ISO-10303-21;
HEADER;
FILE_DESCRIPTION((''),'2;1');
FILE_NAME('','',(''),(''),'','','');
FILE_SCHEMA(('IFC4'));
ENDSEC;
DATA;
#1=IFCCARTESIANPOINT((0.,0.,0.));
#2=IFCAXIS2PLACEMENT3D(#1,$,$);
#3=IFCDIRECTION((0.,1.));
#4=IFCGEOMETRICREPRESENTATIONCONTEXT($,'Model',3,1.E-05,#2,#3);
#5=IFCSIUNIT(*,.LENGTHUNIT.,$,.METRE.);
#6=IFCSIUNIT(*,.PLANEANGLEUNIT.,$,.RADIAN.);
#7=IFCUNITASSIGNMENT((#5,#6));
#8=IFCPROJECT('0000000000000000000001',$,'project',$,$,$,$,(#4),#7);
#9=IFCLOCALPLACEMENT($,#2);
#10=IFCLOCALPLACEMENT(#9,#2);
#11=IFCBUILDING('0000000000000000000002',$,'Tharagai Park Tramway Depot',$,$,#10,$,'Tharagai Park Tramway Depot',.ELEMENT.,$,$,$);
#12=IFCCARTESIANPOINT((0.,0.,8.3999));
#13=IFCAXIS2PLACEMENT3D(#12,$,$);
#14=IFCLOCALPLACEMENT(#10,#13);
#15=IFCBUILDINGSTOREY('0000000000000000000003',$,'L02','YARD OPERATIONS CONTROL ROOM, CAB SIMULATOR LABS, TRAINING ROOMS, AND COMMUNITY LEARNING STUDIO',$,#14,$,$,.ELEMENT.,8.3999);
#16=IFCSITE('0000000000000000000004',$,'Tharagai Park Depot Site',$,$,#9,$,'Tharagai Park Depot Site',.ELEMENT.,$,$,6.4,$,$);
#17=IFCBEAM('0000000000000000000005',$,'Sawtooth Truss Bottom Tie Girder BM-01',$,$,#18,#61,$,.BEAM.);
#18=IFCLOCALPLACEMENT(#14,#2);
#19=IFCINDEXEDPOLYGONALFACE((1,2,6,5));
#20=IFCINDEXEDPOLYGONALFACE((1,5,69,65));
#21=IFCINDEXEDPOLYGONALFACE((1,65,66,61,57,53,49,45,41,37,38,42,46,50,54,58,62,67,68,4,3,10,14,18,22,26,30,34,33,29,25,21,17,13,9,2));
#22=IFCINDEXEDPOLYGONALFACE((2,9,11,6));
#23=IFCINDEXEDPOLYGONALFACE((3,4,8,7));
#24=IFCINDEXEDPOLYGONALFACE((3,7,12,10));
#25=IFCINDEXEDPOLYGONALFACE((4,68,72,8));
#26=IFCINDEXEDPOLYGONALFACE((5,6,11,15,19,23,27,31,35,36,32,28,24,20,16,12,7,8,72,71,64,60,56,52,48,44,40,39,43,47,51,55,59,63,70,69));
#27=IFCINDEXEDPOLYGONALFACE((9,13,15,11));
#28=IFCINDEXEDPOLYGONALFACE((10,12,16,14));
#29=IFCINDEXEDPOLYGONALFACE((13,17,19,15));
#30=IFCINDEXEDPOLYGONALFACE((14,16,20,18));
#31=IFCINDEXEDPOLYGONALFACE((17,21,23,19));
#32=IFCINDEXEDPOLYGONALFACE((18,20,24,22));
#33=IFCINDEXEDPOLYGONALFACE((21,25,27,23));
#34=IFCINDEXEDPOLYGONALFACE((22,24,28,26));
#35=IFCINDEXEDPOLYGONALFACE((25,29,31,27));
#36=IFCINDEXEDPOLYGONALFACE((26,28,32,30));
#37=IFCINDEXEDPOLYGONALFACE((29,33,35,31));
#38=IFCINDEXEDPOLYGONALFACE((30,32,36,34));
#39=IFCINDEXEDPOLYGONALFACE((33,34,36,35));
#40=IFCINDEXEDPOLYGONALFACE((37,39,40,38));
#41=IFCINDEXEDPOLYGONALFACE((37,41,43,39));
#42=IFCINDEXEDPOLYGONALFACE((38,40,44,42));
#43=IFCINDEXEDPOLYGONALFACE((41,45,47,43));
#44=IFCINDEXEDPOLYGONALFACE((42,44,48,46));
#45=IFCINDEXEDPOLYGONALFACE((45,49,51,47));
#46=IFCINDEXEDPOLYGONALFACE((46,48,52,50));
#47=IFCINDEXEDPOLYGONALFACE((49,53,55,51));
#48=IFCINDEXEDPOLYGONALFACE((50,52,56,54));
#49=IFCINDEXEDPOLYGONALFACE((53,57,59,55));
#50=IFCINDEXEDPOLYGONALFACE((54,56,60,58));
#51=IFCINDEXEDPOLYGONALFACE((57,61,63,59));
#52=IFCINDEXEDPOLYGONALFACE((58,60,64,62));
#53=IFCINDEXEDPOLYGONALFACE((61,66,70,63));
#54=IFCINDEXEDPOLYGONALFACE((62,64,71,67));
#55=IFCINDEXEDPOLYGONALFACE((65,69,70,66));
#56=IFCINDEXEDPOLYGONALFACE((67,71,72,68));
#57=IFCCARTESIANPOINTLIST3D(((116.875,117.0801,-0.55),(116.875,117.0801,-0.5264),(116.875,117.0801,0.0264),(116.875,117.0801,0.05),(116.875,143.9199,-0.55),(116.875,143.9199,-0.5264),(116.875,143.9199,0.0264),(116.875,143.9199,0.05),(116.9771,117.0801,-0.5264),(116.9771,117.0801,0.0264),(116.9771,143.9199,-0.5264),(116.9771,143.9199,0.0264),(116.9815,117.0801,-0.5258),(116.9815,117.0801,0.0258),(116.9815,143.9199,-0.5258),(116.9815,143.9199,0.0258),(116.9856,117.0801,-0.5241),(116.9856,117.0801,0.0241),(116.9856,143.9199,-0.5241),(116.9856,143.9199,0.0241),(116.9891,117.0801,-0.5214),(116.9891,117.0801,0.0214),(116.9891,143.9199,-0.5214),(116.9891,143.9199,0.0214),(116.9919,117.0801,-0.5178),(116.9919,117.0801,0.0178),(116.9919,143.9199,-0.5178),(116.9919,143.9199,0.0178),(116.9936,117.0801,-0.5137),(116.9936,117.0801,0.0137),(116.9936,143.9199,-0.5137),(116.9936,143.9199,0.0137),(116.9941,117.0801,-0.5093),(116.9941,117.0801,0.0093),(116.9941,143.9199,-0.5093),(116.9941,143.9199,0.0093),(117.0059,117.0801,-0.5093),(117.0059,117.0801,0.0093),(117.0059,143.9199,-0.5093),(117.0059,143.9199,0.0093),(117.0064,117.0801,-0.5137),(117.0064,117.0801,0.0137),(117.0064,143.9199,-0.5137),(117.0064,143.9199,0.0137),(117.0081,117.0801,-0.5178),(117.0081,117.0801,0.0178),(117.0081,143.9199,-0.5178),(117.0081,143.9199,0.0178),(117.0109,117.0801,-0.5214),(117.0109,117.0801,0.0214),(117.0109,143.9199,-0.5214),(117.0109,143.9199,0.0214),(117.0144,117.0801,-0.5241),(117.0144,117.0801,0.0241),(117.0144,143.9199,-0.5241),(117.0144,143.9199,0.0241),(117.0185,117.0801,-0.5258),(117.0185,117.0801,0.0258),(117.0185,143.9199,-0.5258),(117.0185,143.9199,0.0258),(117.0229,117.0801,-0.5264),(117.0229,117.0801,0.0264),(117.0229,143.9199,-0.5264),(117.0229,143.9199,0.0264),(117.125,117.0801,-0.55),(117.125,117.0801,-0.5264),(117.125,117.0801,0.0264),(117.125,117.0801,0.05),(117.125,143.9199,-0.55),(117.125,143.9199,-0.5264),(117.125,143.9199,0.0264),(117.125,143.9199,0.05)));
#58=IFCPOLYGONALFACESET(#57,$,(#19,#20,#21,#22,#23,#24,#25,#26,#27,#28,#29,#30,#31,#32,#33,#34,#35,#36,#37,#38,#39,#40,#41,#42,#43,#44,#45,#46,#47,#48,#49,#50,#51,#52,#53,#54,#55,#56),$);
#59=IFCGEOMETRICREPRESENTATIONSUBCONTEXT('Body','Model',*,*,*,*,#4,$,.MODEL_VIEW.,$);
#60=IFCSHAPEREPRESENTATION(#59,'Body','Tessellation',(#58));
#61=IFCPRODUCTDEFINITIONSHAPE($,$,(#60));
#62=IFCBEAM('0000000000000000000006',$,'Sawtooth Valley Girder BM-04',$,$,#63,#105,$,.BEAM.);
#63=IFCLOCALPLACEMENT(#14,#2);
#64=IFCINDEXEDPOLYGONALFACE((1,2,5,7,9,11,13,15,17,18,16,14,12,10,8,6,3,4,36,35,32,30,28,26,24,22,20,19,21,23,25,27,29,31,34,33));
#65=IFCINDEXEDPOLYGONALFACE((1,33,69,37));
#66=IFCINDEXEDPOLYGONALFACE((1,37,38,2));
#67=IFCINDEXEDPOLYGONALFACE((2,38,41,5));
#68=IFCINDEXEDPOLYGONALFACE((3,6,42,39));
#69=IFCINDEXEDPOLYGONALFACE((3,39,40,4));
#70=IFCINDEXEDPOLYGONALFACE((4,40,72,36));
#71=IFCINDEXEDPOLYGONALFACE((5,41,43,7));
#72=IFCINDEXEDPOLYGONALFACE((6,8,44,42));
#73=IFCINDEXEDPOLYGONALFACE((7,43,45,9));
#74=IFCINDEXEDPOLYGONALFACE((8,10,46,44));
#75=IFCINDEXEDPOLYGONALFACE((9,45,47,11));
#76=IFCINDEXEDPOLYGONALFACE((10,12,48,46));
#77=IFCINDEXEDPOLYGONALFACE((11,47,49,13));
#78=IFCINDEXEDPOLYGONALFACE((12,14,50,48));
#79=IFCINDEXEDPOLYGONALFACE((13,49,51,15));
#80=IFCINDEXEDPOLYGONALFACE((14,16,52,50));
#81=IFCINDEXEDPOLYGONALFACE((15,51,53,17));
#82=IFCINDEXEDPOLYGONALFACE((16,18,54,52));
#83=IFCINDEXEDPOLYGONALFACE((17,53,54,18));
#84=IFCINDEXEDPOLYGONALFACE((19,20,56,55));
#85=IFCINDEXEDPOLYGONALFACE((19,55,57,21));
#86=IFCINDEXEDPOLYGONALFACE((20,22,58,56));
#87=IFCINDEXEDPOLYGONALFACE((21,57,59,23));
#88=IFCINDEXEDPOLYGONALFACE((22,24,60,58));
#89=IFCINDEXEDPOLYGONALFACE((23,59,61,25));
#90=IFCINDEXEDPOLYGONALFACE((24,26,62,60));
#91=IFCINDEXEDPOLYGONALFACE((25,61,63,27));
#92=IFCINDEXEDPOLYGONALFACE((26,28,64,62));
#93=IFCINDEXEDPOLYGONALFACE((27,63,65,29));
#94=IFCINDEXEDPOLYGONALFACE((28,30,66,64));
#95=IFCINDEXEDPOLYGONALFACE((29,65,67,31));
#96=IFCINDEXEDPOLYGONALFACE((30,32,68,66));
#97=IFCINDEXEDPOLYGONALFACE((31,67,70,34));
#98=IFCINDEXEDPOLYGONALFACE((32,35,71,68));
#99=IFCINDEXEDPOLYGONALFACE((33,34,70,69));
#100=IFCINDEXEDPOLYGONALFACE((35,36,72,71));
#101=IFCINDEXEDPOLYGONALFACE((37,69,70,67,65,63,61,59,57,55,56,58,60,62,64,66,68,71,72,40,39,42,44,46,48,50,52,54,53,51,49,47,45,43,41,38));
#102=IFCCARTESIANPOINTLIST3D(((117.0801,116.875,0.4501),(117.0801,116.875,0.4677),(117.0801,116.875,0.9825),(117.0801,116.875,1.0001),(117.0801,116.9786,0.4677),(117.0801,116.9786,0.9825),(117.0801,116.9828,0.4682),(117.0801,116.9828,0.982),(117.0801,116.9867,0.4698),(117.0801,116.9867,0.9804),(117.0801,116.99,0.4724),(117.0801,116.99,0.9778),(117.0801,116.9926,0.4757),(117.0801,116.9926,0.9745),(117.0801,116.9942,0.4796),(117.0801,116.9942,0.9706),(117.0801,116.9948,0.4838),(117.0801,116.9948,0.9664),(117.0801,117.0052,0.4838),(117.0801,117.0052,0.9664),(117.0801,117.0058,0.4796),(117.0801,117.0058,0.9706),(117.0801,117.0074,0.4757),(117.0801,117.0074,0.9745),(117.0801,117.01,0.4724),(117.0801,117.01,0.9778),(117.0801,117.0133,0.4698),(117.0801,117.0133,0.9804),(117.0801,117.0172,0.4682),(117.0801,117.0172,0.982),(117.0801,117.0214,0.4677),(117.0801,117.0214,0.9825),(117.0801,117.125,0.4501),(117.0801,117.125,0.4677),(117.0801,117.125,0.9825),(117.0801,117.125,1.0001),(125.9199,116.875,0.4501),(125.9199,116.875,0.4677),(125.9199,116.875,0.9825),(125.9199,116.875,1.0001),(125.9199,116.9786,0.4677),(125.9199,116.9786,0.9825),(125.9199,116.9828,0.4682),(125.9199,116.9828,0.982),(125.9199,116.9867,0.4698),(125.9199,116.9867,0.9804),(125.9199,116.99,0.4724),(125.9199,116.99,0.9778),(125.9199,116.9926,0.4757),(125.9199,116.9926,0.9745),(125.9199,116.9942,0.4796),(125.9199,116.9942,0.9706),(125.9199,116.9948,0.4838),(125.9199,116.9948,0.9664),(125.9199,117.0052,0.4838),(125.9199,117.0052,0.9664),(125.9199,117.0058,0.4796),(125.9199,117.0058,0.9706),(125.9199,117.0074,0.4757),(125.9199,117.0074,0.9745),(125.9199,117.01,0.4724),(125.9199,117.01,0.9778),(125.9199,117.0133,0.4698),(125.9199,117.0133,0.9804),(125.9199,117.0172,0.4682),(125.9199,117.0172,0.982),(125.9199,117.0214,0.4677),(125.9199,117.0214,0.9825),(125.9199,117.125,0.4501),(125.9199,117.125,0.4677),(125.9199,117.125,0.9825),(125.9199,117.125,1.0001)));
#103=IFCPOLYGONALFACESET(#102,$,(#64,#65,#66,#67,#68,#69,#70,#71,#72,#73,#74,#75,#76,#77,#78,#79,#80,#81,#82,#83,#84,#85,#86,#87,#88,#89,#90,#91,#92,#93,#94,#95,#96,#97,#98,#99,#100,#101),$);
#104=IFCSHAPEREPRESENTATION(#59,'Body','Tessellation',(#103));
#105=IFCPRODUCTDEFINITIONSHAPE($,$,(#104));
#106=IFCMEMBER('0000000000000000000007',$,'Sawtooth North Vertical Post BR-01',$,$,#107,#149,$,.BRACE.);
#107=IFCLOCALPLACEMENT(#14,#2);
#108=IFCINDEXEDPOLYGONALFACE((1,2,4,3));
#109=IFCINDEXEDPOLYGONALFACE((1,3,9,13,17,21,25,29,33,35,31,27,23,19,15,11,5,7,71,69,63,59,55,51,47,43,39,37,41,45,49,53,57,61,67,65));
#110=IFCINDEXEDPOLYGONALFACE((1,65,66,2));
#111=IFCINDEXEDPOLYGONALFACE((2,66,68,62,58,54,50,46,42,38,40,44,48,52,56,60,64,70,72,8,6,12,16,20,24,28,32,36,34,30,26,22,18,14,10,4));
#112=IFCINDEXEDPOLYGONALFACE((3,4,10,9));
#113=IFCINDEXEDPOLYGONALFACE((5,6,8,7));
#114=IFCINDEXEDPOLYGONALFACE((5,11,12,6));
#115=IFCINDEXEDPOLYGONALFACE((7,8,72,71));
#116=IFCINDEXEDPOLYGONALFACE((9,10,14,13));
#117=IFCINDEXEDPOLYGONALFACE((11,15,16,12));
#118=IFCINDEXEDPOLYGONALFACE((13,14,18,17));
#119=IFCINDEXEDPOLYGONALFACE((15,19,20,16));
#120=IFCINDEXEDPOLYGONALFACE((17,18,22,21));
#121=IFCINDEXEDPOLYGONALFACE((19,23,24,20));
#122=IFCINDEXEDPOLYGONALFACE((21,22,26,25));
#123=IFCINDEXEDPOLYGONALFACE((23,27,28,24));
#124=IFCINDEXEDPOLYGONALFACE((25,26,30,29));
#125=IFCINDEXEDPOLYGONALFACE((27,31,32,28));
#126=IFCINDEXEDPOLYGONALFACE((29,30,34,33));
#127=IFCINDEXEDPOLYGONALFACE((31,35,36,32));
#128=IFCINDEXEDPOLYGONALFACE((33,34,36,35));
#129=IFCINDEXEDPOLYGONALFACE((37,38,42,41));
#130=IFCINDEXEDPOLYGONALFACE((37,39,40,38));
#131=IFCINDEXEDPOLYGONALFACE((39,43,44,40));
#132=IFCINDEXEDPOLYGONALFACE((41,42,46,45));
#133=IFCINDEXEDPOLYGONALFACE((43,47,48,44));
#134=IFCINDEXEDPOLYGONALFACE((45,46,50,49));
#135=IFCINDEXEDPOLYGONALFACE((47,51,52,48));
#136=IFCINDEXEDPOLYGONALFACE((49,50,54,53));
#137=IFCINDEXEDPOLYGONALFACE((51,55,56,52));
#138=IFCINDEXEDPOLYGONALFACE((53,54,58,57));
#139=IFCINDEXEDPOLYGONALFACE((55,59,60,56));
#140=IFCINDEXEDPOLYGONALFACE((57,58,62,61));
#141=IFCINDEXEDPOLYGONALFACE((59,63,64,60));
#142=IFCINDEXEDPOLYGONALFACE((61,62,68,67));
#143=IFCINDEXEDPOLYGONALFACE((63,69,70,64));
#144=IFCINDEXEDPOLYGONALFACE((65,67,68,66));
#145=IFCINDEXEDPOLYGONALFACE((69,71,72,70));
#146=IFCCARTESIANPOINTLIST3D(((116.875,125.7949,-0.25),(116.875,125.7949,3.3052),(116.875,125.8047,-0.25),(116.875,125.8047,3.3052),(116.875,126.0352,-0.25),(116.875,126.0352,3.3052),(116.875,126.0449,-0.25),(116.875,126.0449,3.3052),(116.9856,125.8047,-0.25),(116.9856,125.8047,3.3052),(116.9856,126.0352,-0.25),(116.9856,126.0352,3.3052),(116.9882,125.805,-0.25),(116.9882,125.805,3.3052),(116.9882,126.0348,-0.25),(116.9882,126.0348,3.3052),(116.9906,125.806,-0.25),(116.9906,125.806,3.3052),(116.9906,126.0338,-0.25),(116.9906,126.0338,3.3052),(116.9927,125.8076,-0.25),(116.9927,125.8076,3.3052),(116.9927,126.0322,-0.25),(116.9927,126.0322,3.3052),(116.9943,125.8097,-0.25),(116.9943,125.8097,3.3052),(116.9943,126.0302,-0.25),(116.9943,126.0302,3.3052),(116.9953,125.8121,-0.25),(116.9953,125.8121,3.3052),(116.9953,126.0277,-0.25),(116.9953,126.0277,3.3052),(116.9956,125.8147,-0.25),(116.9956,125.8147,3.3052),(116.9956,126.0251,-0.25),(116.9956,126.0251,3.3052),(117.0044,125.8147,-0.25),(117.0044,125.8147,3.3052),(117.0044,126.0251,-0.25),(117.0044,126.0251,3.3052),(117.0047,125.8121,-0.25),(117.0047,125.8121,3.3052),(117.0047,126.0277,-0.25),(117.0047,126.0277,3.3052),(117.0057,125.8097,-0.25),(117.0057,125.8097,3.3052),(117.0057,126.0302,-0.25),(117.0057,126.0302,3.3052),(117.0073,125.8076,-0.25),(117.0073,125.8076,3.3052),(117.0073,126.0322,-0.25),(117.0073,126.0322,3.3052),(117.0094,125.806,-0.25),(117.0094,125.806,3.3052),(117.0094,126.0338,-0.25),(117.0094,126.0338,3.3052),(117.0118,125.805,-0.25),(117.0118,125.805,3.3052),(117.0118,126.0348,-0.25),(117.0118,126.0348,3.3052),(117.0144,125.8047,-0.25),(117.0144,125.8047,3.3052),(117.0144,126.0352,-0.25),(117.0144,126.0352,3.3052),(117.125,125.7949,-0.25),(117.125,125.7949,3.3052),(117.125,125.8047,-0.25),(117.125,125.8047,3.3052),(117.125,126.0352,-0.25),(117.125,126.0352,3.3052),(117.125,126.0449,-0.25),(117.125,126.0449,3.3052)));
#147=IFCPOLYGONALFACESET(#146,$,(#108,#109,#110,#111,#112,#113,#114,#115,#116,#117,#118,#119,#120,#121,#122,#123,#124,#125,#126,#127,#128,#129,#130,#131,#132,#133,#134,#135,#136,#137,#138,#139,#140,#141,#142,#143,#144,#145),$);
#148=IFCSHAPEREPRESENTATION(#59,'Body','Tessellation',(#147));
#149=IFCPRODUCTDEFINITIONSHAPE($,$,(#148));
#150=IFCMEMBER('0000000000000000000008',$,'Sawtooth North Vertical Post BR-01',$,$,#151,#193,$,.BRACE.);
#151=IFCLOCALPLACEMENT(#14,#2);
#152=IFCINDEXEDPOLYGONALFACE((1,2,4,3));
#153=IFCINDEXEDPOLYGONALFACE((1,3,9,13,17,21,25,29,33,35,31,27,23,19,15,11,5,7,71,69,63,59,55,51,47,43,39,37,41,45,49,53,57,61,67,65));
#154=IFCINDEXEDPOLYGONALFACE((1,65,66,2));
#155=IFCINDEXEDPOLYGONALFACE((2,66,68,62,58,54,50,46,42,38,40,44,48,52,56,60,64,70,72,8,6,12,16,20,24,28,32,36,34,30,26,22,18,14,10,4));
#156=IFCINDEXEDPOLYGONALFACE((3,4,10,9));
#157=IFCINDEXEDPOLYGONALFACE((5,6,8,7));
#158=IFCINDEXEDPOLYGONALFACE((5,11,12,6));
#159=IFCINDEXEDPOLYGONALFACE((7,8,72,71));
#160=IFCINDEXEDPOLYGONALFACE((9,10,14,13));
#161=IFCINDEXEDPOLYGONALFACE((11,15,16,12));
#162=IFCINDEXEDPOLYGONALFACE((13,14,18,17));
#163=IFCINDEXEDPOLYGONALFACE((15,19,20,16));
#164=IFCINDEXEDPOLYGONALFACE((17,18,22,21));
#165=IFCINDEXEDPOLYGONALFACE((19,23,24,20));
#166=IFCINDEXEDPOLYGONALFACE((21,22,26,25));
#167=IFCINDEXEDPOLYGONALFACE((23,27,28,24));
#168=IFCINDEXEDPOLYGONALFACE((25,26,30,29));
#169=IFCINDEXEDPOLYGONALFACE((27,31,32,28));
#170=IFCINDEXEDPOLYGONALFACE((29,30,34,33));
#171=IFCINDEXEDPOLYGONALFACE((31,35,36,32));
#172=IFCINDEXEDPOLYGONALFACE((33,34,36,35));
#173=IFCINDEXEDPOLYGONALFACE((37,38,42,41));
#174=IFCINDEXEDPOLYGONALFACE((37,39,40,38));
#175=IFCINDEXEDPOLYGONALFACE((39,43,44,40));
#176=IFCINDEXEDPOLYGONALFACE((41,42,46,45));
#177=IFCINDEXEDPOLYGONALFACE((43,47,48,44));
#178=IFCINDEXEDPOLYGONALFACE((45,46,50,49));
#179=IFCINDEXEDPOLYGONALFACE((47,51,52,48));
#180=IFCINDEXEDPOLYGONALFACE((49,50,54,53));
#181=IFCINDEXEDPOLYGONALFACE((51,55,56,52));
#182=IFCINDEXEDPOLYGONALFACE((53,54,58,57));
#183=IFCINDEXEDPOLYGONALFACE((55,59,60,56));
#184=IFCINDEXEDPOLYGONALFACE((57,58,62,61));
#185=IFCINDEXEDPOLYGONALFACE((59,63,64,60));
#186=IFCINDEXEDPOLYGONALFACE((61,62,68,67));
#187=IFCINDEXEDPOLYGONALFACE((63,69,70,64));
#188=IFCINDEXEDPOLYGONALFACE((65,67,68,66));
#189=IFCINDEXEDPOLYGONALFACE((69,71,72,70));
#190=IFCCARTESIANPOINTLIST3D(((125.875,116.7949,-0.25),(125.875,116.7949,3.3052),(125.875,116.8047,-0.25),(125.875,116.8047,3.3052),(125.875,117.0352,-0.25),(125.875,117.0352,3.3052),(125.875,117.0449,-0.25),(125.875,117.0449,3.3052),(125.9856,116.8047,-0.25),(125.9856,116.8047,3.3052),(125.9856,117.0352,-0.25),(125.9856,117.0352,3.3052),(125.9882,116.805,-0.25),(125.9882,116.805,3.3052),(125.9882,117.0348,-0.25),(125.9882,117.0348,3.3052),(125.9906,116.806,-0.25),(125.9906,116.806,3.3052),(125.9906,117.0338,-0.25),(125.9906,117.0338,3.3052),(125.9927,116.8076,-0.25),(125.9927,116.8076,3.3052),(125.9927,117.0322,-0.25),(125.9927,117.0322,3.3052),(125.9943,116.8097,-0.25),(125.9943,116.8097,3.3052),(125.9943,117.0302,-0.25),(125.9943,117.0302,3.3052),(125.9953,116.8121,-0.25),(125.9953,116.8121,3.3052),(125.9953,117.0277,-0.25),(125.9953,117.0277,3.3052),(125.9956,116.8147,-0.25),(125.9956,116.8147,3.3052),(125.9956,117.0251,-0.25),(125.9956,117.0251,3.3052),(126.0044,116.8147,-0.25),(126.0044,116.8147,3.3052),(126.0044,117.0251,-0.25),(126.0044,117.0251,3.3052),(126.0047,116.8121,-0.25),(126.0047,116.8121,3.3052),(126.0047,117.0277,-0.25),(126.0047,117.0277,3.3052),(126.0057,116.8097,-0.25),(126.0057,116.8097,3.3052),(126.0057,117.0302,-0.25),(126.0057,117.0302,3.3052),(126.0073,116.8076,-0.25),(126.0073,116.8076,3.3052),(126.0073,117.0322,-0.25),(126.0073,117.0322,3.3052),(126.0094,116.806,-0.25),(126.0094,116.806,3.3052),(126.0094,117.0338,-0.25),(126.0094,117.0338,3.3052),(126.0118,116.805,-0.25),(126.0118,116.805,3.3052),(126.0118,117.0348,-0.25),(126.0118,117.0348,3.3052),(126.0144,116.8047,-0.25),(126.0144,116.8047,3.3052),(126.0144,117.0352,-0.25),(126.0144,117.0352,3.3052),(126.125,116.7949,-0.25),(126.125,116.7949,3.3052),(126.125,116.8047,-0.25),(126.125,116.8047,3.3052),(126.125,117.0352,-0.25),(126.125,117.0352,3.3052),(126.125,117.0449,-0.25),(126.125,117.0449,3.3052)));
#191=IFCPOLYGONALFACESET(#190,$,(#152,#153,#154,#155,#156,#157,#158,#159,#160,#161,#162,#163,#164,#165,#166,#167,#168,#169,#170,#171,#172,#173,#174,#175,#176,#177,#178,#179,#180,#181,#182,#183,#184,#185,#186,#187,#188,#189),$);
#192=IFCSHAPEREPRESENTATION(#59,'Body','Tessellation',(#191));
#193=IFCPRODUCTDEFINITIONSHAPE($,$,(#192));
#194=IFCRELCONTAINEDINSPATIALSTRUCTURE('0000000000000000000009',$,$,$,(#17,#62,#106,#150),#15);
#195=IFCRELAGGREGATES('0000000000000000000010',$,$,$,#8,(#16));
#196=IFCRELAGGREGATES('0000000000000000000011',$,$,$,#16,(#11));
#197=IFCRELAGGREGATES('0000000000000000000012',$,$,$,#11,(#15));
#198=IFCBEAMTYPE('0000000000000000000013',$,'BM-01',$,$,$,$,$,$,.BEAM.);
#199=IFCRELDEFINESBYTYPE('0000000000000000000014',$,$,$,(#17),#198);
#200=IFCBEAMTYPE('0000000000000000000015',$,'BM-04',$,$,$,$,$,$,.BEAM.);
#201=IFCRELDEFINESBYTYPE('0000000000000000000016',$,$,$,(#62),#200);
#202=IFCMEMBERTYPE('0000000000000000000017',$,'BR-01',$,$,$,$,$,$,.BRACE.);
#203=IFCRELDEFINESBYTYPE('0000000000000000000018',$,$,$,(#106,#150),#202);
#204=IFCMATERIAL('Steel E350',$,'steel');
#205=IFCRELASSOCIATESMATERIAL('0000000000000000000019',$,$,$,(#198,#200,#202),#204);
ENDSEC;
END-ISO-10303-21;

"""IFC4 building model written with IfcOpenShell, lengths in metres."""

from ifc_helpers import new_model, si_unit, direction, frame, origin, origin_2d, place, context, subcontext, project, spatial, i_section, extrude, material, material_profile, profile_set, type_object, element, save


model = new_model("IFC4")

# Units and contexts
model_context = context("Model", 3, precision=1e-05, world=origin(), true_north=direction((0.0, 1.0)))
body_context = subcontext(model_context, "Body", "Model", "MODEL_VIEW")
ifc_project = project(units=[si_unit("LENGTHUNIT", "METRE"), si_unit("PLANEANGLEUNIT", "RADIAN")], contexts=[model_context])

# Site, building, storey
site_placement = place(None, origin())
site = spatial("IfcSite", under=ifc_project, at=site_placement, Name="Tharagai Park Depot Site", LongName="Tharagai Park Depot Site", CompositionType="ELEMENT", RefElevation=6.4)
building_placement = place(site_placement, origin())
building = spatial("IfcBuilding", under=site, at=building_placement, Name="Tharagai Park Tramway Depot", LongName="Tharagai Park Tramway Depot", CompositionType="ELEMENT")
storey_placement = place(building_placement, frame((0.0, 0.0, 8.3999)))
storey = spatial("IfcBuildingStorey", under=building, at=storey_placement, Name="L02", Description="YARD OPERATIONS CONTROL ROOM, CAB SIMULATOR LABS, TRAINING ROOMS, AND COMMUNITY LEARNING STUDIO", CompositionType="ELEMENT", Elevation=8.3999)

# Beams
ifc_material_1 = material(Name="Steel E350", Category="steel")
ifc_material_profile_1 = material_profile(ifc_material_1, i_section(OverallWidth=0.25, OverallDepth=0.6001, WebThickness=0.0117, FlangeThickness=0.0237, FilletRadius=0.0171, at=origin_2d()), Name="ISWB 600")
ifc_profile_set_1 = profile_set([ifc_material_profile_1], Name="Steel E350")
beam_type_1 = type_object("IfcBeamType", Name="BM-01", PredefinedType="BEAM", material=ifc_profile_set_1)
beam_1_placement = place(storey_placement, frame((117.0, 117.0801, -0.25), z_axis=(0.0, 1.0, 0.0), x_axis=(-1.0, 0.0, 0.0)))
element("IfcBeam", 1, at=beam_1_placement, inside=storey, type_object=beam_type_1, Name="Sawtooth Truss Bottom Tie Girder BM-01", PredefinedType="BEAM", context=body_context, shape_type="SweptSolid", body=[
    extrude(i_section(OverallWidth=0.25, OverallDepth=0.6001, WebThickness=0.0117, FlangeThickness=0.0237, FilletRadius=0.0171, at=origin_2d()), origin(), (0.0, 0.0, 1.0), 26.8398),
])
ifc_material_profile_2 = material_profile(ifc_material_1, i_section(OverallWidth=0.25, OverallDepth=0.55, WebThickness=0.0105, FlangeThickness=0.0176, FilletRadius=0.0161, at=origin_2d()), Name="ISWB 550")
ifc_profile_set_2 = profile_set([ifc_material_profile_2], Name="Steel E350")
beam_type_2 = type_object("IfcBeamType", Name="BM-04", PredefinedType="BEAM", material=ifc_profile_set_2)
beam_2_placement = place(storey_placement, frame((117.0801, 117.0, 0.7251), z_axis=(1.0, 0.0, 0.0), x_axis=(0.0, 1.0, 0.0)))
element("IfcBeam", 2, at=beam_2_placement, inside=storey, type_object=beam_type_2, Name="Sawtooth Valley Girder BM-04", PredefinedType="BEAM", context=body_context, shape_type="SweptSolid", body=[
    extrude(i_section(OverallWidth=0.25, OverallDepth=0.55, WebThickness=0.0105, FlangeThickness=0.0176, FilletRadius=0.0161, at=origin_2d()), origin(), (0.0, 0.0, 1.0), 8.8398),
])

# Members
ifc_material_profile_3 = material_profile(ifc_material_1, i_section(OverallWidth=0.25, OverallDepth=0.25, WebThickness=0.0088, FlangeThickness=0.0098, FilletRadius=0.01, at=origin_2d()), Name="ISHB 250")
ifc_profile_set_3 = profile_set([ifc_material_profile_3], Name="Steel E350")
member_type_1 = type_object("IfcMemberType", Name="BR-01", PredefinedType="BRACE", material=ifc_profile_set_3)
for number, where, z_axis, x_axis, name in (
    (3, (117.0, 125.9199, -0.25), (0.0, 0.0, 1.0), (1.0, 0.0, 0.0), "Sawtooth North Vertical Post BR-01"),
    (4, (126.0, 116.9199, -0.25), (0.0, 0.0, 1.0), (1.0, 0.0, 0.0), "Sawtooth North Vertical Post BR-01"),
):
    element("IfcMember", number, at=place(storey_placement, frame(where, z_axis=z_axis, x_axis=x_axis)), inside=storey, type_object=member_type_1, Name=name, PredefinedType="BRACE", context=body_context, shape_type="SweptSolid", body=[
        extrude(i_section(OverallWidth=0.25, OverallDepth=0.25, WebThickness=0.0088, FlangeThickness=0.0098, FilletRadius=0.01, at=origin_2d()), origin(), (0.0, 0.0, 1.0), 3.5552),
    ])

save(model, "model.ifc")
